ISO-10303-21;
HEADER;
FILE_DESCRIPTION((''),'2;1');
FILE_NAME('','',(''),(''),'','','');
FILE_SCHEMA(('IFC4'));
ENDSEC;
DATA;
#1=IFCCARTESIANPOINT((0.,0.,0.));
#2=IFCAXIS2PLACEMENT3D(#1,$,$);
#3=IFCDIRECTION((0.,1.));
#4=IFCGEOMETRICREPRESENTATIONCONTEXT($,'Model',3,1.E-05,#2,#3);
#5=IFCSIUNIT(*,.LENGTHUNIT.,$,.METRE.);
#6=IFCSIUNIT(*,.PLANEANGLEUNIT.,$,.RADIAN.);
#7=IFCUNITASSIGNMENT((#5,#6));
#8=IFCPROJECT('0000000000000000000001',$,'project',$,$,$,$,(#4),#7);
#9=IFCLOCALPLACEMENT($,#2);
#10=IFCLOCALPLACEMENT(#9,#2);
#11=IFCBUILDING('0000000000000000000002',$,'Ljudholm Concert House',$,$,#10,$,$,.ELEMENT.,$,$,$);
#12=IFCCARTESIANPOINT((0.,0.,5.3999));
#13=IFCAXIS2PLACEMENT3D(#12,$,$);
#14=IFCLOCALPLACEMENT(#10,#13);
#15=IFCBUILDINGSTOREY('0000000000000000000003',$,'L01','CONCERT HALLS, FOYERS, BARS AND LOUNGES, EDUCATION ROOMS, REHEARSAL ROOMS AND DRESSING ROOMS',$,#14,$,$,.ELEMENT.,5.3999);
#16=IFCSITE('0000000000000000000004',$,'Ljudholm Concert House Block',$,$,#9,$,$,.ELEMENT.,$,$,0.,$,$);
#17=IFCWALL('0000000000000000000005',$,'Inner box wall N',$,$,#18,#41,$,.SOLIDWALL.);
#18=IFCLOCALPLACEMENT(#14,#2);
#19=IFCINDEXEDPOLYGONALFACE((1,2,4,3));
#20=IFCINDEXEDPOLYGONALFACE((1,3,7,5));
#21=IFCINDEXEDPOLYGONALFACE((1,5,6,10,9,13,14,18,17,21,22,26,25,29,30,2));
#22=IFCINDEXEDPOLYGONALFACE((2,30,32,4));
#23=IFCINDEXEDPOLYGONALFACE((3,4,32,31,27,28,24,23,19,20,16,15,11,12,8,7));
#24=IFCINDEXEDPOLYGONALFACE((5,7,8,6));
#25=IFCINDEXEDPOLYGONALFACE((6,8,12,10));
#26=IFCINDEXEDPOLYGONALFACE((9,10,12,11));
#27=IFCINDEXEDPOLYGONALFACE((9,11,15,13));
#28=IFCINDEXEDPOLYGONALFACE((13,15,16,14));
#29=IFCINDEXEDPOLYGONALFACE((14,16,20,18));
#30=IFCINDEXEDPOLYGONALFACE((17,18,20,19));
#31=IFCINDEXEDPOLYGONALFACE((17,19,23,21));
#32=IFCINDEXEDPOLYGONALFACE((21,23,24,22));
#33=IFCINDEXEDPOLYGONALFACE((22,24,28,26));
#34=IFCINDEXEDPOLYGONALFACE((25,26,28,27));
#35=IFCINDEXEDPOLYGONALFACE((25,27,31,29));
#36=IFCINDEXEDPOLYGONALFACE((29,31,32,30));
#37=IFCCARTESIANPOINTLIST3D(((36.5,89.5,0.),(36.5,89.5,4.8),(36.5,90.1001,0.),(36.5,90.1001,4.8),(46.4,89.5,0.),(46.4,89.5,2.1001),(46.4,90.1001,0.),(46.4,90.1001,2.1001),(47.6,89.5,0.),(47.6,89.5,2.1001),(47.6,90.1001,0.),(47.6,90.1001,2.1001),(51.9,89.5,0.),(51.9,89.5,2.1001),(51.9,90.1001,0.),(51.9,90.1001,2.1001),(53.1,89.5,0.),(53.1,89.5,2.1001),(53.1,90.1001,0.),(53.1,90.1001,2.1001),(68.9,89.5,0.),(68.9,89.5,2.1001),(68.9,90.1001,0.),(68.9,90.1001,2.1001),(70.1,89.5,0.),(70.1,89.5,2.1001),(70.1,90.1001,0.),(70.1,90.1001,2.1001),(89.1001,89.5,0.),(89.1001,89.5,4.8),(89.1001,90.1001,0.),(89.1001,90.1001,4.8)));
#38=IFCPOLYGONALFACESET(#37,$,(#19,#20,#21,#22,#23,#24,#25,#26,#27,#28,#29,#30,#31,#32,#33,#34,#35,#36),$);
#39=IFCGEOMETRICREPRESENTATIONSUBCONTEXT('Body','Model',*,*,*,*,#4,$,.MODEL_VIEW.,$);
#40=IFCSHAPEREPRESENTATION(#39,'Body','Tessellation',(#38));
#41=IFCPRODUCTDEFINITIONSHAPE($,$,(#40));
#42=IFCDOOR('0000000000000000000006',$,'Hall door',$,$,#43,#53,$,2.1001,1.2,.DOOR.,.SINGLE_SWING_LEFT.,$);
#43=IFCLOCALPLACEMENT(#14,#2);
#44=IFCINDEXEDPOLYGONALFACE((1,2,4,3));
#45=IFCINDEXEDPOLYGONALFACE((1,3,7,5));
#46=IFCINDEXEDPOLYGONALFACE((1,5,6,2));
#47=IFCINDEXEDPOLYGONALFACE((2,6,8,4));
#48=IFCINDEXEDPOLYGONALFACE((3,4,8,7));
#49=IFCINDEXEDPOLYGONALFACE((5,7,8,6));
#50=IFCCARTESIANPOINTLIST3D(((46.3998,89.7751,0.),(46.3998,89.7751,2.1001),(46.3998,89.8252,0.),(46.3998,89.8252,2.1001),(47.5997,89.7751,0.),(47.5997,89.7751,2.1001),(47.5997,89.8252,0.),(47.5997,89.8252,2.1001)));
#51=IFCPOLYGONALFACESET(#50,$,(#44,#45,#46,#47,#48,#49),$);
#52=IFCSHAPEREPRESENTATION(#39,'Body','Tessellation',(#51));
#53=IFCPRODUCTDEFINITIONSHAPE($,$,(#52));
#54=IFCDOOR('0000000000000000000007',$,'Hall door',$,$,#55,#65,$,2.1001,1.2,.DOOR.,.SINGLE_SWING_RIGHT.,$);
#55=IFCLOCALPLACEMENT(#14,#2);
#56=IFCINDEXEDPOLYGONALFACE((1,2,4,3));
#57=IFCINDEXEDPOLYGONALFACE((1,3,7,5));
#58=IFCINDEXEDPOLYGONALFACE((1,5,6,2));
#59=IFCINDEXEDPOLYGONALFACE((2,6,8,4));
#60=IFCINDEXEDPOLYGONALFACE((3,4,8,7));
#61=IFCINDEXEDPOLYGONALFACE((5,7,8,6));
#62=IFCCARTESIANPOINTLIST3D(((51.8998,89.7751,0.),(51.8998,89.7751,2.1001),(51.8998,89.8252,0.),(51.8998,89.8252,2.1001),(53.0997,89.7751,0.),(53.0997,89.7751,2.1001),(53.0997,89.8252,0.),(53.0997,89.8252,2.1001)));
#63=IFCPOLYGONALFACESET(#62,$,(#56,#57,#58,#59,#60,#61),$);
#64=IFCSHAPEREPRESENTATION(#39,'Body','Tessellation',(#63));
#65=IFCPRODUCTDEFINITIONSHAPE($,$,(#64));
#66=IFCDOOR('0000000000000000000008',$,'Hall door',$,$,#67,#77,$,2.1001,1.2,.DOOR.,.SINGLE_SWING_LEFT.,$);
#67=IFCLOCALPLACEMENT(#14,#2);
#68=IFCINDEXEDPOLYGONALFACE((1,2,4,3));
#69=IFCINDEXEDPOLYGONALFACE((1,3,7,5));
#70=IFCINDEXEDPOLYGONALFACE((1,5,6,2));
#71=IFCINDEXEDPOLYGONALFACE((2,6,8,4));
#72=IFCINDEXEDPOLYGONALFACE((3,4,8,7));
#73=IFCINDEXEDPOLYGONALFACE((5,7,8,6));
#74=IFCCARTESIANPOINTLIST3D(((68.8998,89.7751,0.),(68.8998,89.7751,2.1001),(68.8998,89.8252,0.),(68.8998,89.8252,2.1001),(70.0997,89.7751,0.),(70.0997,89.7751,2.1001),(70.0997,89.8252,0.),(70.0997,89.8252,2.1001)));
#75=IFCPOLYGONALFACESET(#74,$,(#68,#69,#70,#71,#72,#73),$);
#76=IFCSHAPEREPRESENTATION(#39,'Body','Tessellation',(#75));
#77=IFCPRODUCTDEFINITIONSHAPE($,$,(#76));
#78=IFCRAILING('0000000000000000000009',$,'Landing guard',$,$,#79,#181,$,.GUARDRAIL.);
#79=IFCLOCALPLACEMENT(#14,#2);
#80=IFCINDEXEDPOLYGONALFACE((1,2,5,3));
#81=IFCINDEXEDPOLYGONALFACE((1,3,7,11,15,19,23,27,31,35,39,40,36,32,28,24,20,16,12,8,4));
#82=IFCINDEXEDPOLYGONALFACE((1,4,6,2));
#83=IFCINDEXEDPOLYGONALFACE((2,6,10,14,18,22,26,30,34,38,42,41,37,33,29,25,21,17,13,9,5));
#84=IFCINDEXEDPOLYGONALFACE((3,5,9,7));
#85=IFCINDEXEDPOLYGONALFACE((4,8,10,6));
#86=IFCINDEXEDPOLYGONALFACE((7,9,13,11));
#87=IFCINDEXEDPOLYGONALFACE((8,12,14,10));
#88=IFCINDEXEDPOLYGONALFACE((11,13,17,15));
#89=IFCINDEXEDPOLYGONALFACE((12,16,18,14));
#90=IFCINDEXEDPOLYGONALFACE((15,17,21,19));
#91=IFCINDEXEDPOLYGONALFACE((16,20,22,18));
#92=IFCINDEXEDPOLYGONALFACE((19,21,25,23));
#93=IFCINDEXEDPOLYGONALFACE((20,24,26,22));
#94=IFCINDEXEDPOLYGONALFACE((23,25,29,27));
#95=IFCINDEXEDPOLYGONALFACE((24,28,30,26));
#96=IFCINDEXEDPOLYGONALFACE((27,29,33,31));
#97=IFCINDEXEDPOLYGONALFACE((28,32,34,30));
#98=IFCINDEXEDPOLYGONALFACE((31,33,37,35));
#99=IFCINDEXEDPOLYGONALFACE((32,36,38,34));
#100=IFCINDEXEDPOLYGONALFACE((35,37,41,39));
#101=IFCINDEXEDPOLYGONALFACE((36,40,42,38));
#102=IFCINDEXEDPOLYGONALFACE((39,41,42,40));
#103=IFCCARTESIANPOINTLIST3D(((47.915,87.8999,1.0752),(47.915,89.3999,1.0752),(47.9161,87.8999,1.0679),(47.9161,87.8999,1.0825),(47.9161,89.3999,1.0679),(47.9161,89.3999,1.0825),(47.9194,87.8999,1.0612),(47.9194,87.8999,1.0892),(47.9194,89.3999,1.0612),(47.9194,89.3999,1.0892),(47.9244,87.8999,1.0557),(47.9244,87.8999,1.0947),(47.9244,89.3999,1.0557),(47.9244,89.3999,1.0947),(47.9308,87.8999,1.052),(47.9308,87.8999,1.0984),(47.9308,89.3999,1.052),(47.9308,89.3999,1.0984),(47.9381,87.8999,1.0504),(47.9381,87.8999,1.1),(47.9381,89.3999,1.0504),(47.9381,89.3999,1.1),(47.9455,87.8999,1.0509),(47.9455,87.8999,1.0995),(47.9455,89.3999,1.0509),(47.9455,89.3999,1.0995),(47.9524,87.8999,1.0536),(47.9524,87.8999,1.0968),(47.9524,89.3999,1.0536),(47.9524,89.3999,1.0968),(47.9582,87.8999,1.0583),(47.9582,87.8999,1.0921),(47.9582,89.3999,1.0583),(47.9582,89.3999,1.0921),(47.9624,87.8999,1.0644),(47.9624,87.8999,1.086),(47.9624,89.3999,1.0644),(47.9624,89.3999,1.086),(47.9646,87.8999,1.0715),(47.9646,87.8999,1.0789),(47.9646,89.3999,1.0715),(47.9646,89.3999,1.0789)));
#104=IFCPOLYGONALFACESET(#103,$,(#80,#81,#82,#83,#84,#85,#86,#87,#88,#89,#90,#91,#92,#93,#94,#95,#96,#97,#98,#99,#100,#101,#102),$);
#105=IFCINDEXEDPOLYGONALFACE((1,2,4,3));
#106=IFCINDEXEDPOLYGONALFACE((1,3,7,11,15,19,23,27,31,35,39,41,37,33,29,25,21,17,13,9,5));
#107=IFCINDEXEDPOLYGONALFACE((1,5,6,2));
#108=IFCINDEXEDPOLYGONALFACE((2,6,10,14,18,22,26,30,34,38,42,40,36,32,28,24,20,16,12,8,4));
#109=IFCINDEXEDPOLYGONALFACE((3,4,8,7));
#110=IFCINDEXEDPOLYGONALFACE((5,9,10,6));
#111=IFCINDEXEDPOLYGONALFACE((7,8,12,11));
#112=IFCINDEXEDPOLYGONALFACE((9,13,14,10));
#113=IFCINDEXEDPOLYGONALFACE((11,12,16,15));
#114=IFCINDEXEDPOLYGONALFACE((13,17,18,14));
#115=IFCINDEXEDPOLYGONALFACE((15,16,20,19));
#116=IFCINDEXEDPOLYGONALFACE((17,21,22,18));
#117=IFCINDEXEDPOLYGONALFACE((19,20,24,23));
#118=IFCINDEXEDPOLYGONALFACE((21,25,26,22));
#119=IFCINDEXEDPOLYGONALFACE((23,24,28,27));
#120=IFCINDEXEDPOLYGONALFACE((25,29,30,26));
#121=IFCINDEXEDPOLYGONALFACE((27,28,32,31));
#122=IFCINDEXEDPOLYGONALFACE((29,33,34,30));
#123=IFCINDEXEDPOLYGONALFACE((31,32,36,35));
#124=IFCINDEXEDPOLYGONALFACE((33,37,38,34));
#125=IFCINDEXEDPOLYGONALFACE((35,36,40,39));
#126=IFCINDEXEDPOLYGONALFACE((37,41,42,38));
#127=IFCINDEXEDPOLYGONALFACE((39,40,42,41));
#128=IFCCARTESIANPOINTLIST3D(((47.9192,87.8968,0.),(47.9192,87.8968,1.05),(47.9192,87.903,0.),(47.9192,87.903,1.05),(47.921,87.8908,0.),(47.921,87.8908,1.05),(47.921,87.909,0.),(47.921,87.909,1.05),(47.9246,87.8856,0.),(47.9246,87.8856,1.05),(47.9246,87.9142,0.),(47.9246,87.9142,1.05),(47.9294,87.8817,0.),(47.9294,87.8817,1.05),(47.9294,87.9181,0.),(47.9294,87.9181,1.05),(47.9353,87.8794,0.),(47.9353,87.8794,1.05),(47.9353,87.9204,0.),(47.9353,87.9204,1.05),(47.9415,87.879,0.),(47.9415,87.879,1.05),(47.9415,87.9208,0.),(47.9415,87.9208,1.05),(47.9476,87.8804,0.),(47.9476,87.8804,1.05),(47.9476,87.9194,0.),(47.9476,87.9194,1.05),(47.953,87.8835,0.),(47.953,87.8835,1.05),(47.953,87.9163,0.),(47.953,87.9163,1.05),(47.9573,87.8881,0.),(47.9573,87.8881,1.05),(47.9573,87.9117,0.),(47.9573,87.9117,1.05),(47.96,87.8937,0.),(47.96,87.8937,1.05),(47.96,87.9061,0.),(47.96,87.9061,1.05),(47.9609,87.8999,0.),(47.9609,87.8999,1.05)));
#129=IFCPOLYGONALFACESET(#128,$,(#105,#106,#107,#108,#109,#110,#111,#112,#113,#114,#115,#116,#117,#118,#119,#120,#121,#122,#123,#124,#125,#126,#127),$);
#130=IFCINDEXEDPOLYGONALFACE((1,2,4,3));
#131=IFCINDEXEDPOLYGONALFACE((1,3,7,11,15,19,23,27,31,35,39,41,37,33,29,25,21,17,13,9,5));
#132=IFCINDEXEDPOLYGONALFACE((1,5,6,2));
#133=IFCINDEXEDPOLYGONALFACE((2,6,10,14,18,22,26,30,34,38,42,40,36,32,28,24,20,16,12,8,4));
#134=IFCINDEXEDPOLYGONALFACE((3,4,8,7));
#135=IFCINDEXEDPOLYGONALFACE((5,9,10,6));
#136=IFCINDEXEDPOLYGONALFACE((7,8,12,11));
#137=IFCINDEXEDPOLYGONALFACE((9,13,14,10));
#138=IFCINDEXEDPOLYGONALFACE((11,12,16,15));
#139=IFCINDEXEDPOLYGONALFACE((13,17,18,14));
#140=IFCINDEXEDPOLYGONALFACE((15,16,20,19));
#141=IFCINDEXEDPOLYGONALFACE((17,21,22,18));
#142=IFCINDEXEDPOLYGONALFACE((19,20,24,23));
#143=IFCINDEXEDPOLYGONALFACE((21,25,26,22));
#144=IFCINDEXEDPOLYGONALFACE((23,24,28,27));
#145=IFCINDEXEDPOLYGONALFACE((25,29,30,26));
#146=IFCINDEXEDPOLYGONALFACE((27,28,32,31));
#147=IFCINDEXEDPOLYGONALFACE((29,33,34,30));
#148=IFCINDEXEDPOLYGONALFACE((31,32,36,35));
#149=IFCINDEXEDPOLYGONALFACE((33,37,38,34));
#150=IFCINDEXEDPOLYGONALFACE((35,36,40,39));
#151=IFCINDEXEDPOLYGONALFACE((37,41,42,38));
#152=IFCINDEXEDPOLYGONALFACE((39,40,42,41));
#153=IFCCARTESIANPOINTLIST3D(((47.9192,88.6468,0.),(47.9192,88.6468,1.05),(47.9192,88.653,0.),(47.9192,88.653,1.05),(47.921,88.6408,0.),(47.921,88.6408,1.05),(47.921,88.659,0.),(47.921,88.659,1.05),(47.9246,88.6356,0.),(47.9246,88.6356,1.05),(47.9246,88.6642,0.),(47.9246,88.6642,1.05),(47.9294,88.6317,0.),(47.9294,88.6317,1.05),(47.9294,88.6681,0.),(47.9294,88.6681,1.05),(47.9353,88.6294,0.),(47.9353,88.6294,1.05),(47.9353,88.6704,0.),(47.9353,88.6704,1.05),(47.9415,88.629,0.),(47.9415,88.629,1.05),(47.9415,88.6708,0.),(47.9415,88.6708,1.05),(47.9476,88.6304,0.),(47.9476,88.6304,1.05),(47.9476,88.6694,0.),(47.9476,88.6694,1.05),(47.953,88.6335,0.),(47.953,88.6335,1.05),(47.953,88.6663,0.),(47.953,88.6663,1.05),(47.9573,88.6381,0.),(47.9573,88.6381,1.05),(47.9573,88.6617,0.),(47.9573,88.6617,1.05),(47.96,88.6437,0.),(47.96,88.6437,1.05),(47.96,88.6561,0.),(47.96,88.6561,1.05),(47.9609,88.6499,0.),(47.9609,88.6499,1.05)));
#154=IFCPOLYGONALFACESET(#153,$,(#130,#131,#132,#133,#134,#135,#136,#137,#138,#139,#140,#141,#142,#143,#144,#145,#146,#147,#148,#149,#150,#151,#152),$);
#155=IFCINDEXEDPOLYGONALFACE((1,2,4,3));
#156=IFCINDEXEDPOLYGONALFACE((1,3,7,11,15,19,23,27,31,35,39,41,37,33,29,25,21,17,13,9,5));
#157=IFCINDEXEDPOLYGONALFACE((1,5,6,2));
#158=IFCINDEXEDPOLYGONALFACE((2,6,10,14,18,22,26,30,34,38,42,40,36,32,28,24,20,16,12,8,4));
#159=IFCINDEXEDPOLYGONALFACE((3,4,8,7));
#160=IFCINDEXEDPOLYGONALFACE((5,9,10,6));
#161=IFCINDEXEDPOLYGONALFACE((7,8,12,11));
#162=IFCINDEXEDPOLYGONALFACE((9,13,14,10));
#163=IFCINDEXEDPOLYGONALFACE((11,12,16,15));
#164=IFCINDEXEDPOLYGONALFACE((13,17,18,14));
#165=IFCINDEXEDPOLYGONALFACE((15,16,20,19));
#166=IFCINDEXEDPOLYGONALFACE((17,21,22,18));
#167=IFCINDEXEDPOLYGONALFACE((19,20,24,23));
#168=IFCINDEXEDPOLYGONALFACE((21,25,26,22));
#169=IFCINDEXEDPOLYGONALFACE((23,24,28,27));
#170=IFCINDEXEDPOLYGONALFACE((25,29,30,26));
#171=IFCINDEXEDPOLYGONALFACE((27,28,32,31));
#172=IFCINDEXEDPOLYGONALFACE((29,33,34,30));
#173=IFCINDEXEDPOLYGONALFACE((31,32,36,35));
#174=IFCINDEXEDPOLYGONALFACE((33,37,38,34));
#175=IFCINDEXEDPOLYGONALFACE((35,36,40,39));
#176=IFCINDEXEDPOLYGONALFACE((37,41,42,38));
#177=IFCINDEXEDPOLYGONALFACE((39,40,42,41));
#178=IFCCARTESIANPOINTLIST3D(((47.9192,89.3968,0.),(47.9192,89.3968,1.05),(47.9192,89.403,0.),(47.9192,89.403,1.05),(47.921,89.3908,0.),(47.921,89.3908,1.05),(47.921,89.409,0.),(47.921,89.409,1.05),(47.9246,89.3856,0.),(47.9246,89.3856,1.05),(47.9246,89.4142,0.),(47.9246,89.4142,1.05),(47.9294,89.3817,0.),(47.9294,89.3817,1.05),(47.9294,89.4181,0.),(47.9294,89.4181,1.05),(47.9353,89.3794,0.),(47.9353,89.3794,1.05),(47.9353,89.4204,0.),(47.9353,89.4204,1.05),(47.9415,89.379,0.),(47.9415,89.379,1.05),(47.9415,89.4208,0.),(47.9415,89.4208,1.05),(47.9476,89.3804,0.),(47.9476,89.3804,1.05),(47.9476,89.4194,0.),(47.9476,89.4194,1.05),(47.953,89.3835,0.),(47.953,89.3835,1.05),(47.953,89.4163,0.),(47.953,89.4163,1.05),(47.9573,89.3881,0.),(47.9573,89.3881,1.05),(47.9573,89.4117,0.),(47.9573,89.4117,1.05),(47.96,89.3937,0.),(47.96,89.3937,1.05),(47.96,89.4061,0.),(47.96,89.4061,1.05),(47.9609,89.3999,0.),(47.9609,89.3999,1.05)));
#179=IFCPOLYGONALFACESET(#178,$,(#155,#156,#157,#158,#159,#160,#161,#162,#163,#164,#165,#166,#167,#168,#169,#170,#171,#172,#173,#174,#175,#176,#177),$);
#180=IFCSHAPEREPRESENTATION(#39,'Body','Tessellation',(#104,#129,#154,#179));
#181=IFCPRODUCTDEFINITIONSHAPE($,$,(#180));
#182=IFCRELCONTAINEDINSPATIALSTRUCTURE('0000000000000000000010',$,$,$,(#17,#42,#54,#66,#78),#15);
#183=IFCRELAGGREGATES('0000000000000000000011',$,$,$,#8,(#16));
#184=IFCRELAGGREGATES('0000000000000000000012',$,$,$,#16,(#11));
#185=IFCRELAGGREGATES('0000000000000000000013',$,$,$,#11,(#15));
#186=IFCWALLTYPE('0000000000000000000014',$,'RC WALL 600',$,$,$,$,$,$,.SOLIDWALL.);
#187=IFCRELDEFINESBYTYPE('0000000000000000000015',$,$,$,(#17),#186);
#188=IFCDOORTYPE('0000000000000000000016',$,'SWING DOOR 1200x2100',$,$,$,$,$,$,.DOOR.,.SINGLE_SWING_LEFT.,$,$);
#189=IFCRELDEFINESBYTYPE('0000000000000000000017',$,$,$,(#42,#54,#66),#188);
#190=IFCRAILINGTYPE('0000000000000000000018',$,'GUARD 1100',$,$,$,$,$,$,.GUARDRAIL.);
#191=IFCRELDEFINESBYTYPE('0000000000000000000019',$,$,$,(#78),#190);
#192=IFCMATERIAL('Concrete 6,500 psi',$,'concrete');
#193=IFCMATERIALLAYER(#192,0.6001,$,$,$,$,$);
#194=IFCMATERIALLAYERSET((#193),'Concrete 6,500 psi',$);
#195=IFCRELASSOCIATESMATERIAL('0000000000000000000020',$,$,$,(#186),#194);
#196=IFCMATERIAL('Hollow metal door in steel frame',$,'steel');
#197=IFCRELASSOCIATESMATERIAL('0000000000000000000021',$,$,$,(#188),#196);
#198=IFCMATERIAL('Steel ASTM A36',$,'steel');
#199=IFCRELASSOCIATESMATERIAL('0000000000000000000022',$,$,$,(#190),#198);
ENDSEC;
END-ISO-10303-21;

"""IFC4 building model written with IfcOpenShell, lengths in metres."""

from ifc_helpers import new_model, si_unit, direction, frame, frame_2d, origin, origin_2d, place, context, subcontext, project, spatial, rectangle, circle, extrude, material, layer, layer_set, type_object, element, fill, save


model = new_model("IFC4")

# Units and contexts
model_context = context("Model", 3, precision=1e-05, world=origin(), true_north=direction((0.0, 1.0)))
body_context = subcontext(model_context, "Body", "Model", "MODEL_VIEW")
ifc_project = project(units=[si_unit("LENGTHUNIT", "METRE"), si_unit("PLANEANGLEUNIT", "RADIAN")], contexts=[model_context])

# Site, building, storey
site_placement = place(None, origin())
site = spatial("IfcSite", under=ifc_project, at=site_placement, Name="Ljudholm Concert House Block", CompositionType="ELEMENT", RefElevation=0.0)
building_placement = place(site_placement, origin())
building = spatial("IfcBuilding", under=site, at=building_placement, Name="Ljudholm Concert House", CompositionType="ELEMENT")
storey_placement = place(building_placement, frame((0.0, 0.0, 5.3999)))
storey = spatial("IfcBuildingStorey", under=building, at=storey_placement, Name="L01", Description="CONCERT HALLS, FOYERS, BARS AND LOUNGES, EDUCATION ROOMS, REHEARSAL ROOMS AND DRESSING ROOMS", CompositionType="ELEMENT", Elevation=5.3999)

# Wall, openings, doors
ifc_material_1 = material(Name="Concrete 6,500 psi", Category="concrete")
ifc_layer_1 = layer(ifc_material_1, 0.6001)
ifc_layer_set_1 = layer_set([ifc_layer_1], Name="Concrete 6,500 psi")
wall_type_1 = type_object("IfcWallType", Name="RC WALL 600", PredefinedType="SOLIDWALL", material=ifc_layer_set_1)
wall_1_placement = place(storey_placement, frame((36.5, 89.8, 0.0), z_axis=(0.0, 0.0, 1.0), x_axis=(1.0, 0.0, 0.0)))
wall_1 = element("IfcWall", 1, at=wall_1_placement, inside=storey, type_object=wall_type_1, Name="Inner box wall N", PredefinedType="SOLIDWALL", context=body_context, shape_type="SweptSolid", body=[
    extrude(rectangle(XDim=52.6001, YDim=0.6001, at=frame_2d((26.3, 0.0))), origin(), (0.0, 0.0, 1.0), 4.8),
])
opening_1_placement = place(wall_1_placement, frame((9.8999, 0.0, 0.0)))
opening_1 = element("IfcOpeningElement", 2, at=opening_1_placement, cuts=wall_1, PredefinedType="OPENING", context=body_context, shape_type="SweptSolid", body=[
    extrude(rectangle(XDim=1.2, YDim=2.1001, at=frame_2d((0.6001, 1.05))), frame((0.0, 0.3101, 0.0), z_axis=(0.0, -1.0, 0.0), x_axis=(1.0, 0.0, 0.0)), (0.0, 0.0, 1.0), 0.6201),
])
opening_2_placement = place(wall_1_placement, frame((15.3999, 0.0, 0.0)))
opening_2 = element("IfcOpeningElement", 3, at=opening_2_placement, cuts=wall_1, PredefinedType="OPENING", context=body_context, shape_type="SweptSolid", body=[
    extrude(rectangle(XDim=1.2, YDim=2.1001, at=frame_2d((0.6001, 1.05))), frame((0.0, 0.3101, 0.0), z_axis=(0.0, -1.0, 0.0), x_axis=(1.0, 0.0, 0.0)), (0.0, 0.0, 1.0), 0.6201),
])
opening_3_placement = place(wall_1_placement, frame((32.3999, 0.0, 0.0)))
opening_3 = element("IfcOpeningElement", 4, at=opening_3_placement, cuts=wall_1, PredefinedType="OPENING", context=body_context, shape_type="SweptSolid", body=[
    extrude(rectangle(XDim=1.2, YDim=2.1001, at=frame_2d((0.6001, 1.05))), frame((0.0, 0.3101, 0.0), z_axis=(0.0, -1.0, 0.0), x_axis=(1.0, 0.0, 0.0)), (0.0, 0.0, 1.0), 0.6201),
])
ifc_material_2 = material(Name="Hollow metal door in steel frame", Category="steel")
door_type_1 = type_object("IfcDoorType", Name="SWING DOOR 1200x2100", OperationType="SINGLE_SWING_LEFT", PredefinedType="DOOR", material=ifc_material_2)
door_1_placement = place(opening_1_placement, frame((1.2, 0.0, 0.0), z_axis=(0.0, 0.0, 1.0), x_axis=(-1.0, 0.0, 0.0)))
door_1 = element("IfcDoor", 5, at=door_1_placement, inside=storey, type_object=door_type_1, Name="Hall door", OperationType="SINGLE_SWING_LEFT", OverallHeight=2.1001, OverallWidth=1.2, PredefinedType="DOOR", context=body_context, shape_type="SweptSolid", body=[
    extrude(rectangle(XDim=1.2, YDim=2.1001, at=frame_2d((0.6001, 1.05))), frame((0.0, 0.0249, 0.0), z_axis=(0.0, -1.0, 0.0), x_axis=(1.0, 0.0, 0.0)), (0.0, 0.0, 1.0), 0.05),
])
fill(opening_1, door_1)
door_2_placement = place(opening_2_placement, frame((1.2, 0.0, 0.0), z_axis=(0.0, 0.0, 1.0), x_axis=(-1.0, 0.0, 0.0)))
door_2 = element("IfcDoor", 6, at=door_2_placement, inside=storey, type_object=door_type_1, Name="Hall door", OperationType="SINGLE_SWING_RIGHT", OverallHeight=2.1001, OverallWidth=1.2, PredefinedType="DOOR", context=body_context, shape_type="SweptSolid", body=[
    extrude(rectangle(XDim=1.2, YDim=2.1001, at=frame_2d((0.6001, 1.05))), frame((0.0, 0.0249, 0.0), z_axis=(0.0, -1.0, 0.0), x_axis=(1.0, 0.0, 0.0)), (0.0, 0.0, 1.0), 0.05),
])
fill(opening_2, door_2)
door_3_placement = place(opening_3_placement, frame((1.2, 0.0, 0.0), z_axis=(0.0, 0.0, 1.0), x_axis=(-1.0, 0.0, 0.0)))
door_3 = element("IfcDoor", 7, at=door_3_placement, inside=storey, type_object=door_type_1, Name="Hall door", OperationType="SINGLE_SWING_LEFT", OverallHeight=2.1001, OverallWidth=1.2, PredefinedType="DOOR", context=body_context, shape_type="SweptSolid", body=[
    extrude(rectangle(XDim=1.2, YDim=2.1001, at=frame_2d((0.6001, 1.05))), frame((0.0, 0.0249, 0.0), z_axis=(0.0, -1.0, 0.0), x_axis=(1.0, 0.0, 0.0)), (0.0, 0.0, 1.0), 0.05),
])
fill(opening_3, door_3)

# Railing
ifc_material_3 = material(Name="Steel ASTM A36", Category="steel")
railing_type = type_object("IfcRailingType", Name="GUARD 1100", PredefinedType="GUARDRAIL", material=ifc_material_3)
railing_placement = place(storey_placement, frame((47.9399, 87.8999, 0.0)))
element("IfcRailing", 8, at=railing_placement, inside=storey, type_object=railing_type, Name="Landing guard", PredefinedType="GUARDRAIL", context=body_context, shape_type="SweptSolid", body=[
    extrude(circle(Radius=0.0249, at=origin_2d()), frame((0.0, 0.0, 1.0752), z_axis=(0.0, 1.0, 0.0), x_axis=(-1.0, 0.0, 0.0)), (0.0, 0.0, 1.0), 1.5),
    extrude(circle(Radius=0.021, at=origin_2d()), origin(), (0.0, 0.0, 1.0), 1.05),
    extrude(circle(Radius=0.021, at=origin_2d()), frame((0.0, 0.75, 0.0)), (0.0, 0.0, 1.0), 1.05),
    extrude(circle(Radius=0.021, at=origin_2d()), frame((0.0, 1.5, 0.0)), (0.0, 0.0, 1.0), 1.05),
])

save(model, "model.ifc")
